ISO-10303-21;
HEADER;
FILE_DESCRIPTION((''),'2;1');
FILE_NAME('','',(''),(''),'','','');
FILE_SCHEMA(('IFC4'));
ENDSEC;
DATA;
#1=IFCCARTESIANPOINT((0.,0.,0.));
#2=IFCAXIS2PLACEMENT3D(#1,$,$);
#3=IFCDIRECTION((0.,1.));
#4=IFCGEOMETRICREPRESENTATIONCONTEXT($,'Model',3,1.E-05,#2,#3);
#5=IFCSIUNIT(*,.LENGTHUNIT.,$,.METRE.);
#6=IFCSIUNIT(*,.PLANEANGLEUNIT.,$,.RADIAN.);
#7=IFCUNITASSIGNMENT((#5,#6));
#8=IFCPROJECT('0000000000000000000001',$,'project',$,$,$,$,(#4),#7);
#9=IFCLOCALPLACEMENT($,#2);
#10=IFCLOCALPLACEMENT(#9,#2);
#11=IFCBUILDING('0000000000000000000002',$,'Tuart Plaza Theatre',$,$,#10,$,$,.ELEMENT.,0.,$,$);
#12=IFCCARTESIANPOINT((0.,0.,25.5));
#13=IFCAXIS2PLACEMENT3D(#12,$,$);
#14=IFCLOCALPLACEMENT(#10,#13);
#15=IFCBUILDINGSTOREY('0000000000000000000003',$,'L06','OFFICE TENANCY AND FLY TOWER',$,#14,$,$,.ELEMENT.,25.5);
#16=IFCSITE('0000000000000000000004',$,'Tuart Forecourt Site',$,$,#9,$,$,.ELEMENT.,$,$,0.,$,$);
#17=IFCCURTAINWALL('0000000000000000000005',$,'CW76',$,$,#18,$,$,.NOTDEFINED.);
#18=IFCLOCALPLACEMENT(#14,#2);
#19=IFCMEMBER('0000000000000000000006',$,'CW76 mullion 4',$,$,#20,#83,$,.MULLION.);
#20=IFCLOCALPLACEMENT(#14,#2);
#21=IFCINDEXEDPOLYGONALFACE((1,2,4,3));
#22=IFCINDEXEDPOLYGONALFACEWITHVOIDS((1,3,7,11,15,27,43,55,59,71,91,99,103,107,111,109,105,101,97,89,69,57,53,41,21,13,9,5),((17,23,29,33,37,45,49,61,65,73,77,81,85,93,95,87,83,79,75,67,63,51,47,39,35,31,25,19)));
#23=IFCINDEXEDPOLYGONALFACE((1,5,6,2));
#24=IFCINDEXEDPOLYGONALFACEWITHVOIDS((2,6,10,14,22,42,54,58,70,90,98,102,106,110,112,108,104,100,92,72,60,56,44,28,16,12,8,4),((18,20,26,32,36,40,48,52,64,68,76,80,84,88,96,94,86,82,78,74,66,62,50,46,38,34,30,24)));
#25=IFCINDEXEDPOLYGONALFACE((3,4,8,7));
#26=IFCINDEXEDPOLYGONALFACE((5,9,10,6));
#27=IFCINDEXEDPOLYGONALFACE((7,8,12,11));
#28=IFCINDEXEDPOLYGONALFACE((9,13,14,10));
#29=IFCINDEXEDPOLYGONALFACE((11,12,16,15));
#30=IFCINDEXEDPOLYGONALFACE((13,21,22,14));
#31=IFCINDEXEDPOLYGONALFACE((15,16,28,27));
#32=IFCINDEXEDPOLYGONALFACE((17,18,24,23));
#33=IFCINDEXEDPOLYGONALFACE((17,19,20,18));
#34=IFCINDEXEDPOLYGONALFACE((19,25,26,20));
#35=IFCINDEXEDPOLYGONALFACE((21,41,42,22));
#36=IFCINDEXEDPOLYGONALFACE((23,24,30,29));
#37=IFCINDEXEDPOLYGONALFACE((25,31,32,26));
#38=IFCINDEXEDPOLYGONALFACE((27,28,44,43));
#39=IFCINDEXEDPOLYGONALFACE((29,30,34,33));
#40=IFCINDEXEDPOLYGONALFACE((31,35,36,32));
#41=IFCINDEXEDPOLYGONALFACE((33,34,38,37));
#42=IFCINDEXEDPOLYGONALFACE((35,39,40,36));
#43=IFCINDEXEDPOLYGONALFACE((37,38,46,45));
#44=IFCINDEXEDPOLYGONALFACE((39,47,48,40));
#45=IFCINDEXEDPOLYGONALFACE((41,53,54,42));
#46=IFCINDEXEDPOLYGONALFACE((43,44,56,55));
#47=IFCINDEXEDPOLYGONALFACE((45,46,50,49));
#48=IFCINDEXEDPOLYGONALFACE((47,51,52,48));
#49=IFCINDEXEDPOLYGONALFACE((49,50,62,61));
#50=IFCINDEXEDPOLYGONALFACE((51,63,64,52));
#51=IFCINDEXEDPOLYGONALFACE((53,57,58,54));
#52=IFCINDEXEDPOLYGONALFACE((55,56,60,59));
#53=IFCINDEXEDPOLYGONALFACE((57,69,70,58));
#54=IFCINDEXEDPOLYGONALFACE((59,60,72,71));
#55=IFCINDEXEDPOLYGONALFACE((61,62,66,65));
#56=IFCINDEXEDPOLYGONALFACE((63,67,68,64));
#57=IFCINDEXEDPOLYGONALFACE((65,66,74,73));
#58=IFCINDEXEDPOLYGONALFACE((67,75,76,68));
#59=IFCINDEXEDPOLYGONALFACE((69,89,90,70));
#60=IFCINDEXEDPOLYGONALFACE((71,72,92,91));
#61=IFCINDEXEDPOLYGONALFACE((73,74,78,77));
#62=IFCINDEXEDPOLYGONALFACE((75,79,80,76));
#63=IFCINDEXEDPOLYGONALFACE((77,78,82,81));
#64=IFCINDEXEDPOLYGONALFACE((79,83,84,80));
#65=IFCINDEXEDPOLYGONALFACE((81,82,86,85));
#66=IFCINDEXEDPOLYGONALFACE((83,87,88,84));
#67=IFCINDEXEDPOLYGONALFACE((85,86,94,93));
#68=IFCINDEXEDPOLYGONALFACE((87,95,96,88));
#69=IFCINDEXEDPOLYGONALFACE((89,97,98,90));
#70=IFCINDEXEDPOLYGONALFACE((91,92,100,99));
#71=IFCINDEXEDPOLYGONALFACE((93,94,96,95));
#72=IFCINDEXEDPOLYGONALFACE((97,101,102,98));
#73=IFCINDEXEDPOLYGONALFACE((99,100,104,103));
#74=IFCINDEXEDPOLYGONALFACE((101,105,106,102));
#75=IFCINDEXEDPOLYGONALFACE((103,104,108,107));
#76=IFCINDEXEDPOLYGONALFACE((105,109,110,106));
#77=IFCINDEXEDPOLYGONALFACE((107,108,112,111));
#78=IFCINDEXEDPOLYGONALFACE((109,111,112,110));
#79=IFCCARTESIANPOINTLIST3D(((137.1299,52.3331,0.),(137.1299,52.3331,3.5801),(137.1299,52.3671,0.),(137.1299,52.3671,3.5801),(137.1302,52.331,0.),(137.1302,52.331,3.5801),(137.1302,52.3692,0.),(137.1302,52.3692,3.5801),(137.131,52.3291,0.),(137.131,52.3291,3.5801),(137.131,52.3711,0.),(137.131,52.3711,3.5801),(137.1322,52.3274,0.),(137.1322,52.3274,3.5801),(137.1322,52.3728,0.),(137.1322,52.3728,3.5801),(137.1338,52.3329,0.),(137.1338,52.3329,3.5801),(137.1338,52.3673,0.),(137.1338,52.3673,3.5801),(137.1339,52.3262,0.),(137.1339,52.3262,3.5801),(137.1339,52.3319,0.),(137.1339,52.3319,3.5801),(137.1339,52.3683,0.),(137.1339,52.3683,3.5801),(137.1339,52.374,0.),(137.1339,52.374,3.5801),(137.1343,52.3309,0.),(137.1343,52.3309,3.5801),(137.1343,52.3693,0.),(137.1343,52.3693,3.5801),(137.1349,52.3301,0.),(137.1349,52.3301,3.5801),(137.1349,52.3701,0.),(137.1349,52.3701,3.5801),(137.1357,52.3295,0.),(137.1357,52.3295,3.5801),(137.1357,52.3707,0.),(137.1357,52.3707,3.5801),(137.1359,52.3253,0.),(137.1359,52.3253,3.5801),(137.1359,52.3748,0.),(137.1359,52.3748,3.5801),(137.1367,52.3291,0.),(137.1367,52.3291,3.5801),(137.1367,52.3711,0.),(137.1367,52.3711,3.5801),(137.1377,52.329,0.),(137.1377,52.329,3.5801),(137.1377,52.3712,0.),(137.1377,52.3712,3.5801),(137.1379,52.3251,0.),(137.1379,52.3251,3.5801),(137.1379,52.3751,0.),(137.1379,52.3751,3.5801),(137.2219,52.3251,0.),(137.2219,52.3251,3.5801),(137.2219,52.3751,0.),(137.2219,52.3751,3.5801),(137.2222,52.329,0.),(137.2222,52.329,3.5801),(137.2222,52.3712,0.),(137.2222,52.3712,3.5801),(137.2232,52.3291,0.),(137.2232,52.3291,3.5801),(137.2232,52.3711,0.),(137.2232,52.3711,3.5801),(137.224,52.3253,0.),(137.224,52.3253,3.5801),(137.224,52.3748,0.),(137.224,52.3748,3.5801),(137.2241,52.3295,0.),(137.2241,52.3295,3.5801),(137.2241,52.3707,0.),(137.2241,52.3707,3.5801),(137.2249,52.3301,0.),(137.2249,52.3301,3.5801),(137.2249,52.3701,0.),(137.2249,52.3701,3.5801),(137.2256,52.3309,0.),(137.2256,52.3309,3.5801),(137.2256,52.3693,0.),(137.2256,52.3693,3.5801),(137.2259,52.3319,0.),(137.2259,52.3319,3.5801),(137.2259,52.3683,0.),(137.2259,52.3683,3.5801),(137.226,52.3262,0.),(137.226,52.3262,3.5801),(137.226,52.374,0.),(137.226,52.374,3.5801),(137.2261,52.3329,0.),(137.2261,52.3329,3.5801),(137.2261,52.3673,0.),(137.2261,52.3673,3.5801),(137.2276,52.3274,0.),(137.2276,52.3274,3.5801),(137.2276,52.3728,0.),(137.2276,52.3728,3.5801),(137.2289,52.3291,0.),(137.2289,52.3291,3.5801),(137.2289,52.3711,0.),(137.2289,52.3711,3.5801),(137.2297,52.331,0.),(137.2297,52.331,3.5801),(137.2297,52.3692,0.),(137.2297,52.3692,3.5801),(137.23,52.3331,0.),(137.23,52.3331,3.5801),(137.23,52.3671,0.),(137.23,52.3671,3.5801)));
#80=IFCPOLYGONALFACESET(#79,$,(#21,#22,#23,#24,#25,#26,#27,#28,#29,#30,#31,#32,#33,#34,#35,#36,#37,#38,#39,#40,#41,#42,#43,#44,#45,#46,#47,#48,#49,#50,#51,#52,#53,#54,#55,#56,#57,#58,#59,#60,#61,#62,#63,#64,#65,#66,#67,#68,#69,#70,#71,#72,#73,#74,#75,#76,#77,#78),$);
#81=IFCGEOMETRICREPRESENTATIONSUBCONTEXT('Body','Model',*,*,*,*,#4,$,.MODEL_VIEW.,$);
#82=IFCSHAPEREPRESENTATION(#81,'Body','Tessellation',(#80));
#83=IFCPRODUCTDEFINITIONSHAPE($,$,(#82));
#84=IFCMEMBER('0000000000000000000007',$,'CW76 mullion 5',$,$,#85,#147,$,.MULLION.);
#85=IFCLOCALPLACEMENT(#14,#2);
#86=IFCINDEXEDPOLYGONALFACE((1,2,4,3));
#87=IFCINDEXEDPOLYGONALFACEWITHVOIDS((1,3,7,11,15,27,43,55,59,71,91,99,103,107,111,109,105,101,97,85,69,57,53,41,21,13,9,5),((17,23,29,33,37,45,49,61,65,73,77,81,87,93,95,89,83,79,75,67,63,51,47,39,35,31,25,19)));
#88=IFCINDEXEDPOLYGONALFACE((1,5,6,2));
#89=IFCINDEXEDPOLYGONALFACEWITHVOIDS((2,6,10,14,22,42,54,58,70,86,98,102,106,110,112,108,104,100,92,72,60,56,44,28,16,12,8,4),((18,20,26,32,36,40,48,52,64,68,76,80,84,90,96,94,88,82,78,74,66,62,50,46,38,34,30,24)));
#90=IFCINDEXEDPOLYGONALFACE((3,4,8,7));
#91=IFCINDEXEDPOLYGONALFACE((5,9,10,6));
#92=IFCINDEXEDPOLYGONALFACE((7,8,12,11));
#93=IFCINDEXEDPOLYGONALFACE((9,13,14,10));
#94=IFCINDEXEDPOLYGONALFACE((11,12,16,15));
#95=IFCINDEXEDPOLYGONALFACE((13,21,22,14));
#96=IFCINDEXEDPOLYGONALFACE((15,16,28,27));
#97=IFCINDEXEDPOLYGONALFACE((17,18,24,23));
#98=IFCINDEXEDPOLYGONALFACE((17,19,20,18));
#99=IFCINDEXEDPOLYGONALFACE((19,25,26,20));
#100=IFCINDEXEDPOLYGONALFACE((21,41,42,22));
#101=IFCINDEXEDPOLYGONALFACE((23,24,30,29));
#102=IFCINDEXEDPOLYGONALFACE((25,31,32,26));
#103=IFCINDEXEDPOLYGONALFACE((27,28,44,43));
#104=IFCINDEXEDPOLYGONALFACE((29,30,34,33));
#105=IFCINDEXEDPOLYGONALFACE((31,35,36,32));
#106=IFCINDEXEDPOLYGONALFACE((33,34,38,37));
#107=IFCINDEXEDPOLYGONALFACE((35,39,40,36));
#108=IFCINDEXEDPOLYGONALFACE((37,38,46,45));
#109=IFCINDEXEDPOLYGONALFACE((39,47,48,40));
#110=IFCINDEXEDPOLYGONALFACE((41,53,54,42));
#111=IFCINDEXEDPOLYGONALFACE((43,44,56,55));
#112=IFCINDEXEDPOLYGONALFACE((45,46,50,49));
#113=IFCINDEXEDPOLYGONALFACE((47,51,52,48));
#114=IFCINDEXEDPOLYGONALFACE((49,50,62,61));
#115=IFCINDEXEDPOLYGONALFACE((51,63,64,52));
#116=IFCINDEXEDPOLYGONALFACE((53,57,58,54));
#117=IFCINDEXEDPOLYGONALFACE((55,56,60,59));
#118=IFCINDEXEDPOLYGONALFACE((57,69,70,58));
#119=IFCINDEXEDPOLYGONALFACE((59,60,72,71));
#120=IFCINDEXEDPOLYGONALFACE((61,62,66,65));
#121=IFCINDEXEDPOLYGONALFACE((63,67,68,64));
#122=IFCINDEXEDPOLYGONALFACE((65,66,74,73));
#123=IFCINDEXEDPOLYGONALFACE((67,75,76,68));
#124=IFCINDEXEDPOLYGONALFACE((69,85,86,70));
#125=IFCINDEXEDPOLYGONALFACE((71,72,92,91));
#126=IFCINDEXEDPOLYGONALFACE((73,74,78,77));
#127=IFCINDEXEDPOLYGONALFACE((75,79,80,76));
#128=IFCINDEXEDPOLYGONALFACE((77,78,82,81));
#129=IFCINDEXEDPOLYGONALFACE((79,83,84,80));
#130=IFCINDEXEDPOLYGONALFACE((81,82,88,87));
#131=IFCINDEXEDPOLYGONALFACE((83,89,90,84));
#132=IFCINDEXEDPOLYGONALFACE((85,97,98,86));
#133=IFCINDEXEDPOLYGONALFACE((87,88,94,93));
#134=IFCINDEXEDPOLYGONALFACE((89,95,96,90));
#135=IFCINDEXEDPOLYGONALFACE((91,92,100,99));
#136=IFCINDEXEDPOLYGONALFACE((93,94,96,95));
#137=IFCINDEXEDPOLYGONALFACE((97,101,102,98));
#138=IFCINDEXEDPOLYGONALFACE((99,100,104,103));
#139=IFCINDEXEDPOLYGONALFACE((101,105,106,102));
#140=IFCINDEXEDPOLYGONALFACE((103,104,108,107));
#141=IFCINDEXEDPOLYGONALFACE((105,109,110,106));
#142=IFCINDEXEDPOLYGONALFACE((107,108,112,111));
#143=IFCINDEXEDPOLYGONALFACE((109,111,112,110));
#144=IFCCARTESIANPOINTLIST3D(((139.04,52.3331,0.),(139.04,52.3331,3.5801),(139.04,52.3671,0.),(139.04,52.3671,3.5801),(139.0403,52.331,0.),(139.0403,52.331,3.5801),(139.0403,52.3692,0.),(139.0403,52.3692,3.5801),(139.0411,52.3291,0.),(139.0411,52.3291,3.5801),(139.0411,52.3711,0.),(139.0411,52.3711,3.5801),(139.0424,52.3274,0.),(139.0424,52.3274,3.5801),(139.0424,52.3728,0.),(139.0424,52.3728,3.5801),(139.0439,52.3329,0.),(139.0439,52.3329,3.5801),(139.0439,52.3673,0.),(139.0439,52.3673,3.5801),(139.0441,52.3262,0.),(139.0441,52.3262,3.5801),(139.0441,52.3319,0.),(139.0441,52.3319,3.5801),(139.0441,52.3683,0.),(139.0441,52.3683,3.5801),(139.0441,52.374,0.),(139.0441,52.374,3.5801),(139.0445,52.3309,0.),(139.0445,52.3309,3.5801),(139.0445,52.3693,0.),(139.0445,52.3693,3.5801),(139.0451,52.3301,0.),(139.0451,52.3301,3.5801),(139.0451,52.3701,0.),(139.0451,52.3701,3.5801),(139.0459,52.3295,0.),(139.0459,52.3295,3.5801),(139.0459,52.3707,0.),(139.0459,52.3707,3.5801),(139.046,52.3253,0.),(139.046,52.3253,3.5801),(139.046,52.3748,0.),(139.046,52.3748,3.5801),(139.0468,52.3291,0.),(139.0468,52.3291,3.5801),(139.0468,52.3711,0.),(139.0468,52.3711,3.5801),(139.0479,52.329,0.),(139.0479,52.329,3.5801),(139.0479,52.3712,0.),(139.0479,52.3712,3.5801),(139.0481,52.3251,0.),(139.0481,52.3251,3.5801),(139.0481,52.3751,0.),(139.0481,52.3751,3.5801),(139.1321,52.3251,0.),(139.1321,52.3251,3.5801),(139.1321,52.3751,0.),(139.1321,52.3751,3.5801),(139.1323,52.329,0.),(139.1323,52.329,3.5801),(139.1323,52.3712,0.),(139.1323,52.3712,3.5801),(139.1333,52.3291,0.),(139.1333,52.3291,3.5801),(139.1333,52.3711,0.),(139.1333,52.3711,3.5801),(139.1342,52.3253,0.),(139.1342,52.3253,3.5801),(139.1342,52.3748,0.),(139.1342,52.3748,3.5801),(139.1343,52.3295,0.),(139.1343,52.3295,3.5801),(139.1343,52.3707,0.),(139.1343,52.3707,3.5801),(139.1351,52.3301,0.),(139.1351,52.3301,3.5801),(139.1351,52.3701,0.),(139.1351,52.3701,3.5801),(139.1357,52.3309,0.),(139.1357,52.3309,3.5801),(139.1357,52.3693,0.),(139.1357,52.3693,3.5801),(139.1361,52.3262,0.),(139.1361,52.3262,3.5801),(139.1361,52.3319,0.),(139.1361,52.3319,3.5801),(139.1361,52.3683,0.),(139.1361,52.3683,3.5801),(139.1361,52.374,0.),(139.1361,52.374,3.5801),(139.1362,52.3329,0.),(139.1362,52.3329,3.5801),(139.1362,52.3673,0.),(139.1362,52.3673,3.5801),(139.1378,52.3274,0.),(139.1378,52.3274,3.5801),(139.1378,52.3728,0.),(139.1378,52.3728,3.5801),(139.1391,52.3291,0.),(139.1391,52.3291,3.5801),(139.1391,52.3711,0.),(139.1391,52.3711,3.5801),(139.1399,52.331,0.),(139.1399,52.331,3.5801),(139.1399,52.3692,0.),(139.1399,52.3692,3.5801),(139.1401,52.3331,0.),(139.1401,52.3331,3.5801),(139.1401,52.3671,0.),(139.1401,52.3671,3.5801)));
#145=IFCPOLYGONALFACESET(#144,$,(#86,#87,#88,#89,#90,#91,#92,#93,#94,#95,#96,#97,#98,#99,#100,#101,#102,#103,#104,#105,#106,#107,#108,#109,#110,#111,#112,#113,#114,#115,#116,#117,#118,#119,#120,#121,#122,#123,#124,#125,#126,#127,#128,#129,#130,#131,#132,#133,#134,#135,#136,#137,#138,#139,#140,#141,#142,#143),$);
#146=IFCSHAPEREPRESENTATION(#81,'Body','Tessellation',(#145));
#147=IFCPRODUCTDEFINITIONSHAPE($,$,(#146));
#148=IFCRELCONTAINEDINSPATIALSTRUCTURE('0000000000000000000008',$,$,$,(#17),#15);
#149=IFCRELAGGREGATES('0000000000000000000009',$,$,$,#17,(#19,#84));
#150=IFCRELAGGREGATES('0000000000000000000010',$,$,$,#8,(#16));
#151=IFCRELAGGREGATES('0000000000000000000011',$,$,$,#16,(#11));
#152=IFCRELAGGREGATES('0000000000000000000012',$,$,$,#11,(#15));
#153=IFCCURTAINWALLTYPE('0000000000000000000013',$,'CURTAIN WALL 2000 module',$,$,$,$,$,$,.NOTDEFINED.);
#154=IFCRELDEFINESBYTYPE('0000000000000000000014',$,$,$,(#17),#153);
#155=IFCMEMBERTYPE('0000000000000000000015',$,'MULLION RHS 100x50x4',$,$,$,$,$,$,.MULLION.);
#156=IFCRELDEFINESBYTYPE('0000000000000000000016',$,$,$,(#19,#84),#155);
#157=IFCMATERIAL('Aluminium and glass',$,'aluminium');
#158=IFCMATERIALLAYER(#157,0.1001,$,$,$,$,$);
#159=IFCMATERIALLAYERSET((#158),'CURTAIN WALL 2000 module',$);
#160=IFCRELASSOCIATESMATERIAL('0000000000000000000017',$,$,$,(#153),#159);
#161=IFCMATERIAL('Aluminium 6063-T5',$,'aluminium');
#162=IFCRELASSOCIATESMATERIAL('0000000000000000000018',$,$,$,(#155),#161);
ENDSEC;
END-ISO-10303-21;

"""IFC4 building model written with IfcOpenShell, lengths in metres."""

from ifc_helpers import new_model, si_unit, direction, frame, origin, origin_2d, place, context, subcontext, project, spatial, hollow_rectangle, extrude, material, layer, layer_set, material_profile, profile_set, type_object, element, aggregate, save


model = new_model("IFC4")

# Units and contexts
model_context = context("Model", 3, precision=1e-05, world=origin(), true_north=direction((0.0, 1.0)))
body_context = subcontext(model_context, "Body", "Model", "MODEL_VIEW")
ifc_project = project(units=[si_unit("LENGTHUNIT", "METRE"), si_unit("PLANEANGLEUNIT", "RADIAN")], contexts=[model_context])

# Site, building, storey
site_placement = place(None, origin())
site = spatial("IfcSite", under=ifc_project, at=site_placement, Name="Tuart Forecourt Site", CompositionType="ELEMENT", RefElevation=0.0)
building_placement = place(site_placement, origin())
building = spatial("IfcBuilding", under=site, at=building_placement, Name="Tuart Plaza Theatre", CompositionType="ELEMENT", ElevationOfRefHeight=0.0)
storey_placement = place(building_placement, frame((0.0, 0.0, 25.5)))
storey = spatial("IfcBuildingStorey", under=building, at=storey_placement, Name="L06", Description="OFFICE TENANCY AND FLY TOWER", CompositionType="ELEMENT", Elevation=25.5)

# Curtain wall, members
ifc_material_1 = material(Name="Aluminium and glass", Category="aluminium")
ifc_layer_1 = layer(ifc_material_1, 0.1001)
ifc_layer_set_1 = layer_set([ifc_layer_1], Name="CURTAIN WALL 2000 module")
curtain_wall_type = type_object("IfcCurtainWallType", Name="CURTAIN WALL 2000 module", PredefinedType="NOTDEFINED", material=ifc_layer_set_1)
curtain_wall_placement = place(storey_placement, origin())
curtain_wall = element("IfcCurtainWall", 1, at=curtain_wall_placement, inside=storey, type_object=curtain_wall_type, Name="CW76", PredefinedType="NOTDEFINED")
ifc_material_2 = material(Name="Aluminium 6063-T5", Category="aluminium")
ifc_material_profile_1 = material_profile(ifc_material_2, hollow_rectangle(XDim=0.05, YDim=0.1001, WallThickness=0.0039, InnerFilletRadius=0.0039, OuterFilletRadius=0.0081, at=origin_2d()), Name="RHS 100x50x4")
ifc_profile_set_1 = profile_set([ifc_material_profile_1], Name="Aluminium 6063-T5")
member_type_1 = type_object("IfcMemberType", Name="MULLION RHS 100x50x4", PredefinedType="MULLION", material=ifc_profile_set_1)
member_1_placement = place(storey_placement, frame((137.1799, 52.3501, 0.0), z_axis=(0.0, 0.0, 1.0), x_axis=(0.0, 1.0, 0.0)))
member_1 = element("IfcMember", 2, at=member_1_placement, type_object=member_type_1, Name="CW76 mullion 4", PredefinedType="MULLION", context=body_context, shape_type="SweptSolid", body=[
    extrude(hollow_rectangle(XDim=0.05, YDim=0.1001, WallThickness=0.0039, InnerFilletRadius=0.0039, OuterFilletRadius=0.0081, at=origin_2d()), origin(), (0.0, 0.0, 1.0), 3.5801),
])
member_2_placement = place(storey_placement, frame((139.0901, 52.3501, 0.0), z_axis=(0.0, 0.0, 1.0), x_axis=(0.0, 1.0, 0.0)))
member_2 = element("IfcMember", 3, at=member_2_placement, type_object=member_type_1, Name="CW76 mullion 5", PredefinedType="MULLION", context=body_context, shape_type="SweptSolid", body=[
    extrude(hollow_rectangle(XDim=0.05, YDim=0.1001, WallThickness=0.0039, InnerFilletRadius=0.0039, OuterFilletRadius=0.0081, at=origin_2d()), origin(), (0.0, 0.0, 1.0), 3.5801),
])
aggregate(curtain_wall, [member_1, member_2])

save(model, "model.ifc")
